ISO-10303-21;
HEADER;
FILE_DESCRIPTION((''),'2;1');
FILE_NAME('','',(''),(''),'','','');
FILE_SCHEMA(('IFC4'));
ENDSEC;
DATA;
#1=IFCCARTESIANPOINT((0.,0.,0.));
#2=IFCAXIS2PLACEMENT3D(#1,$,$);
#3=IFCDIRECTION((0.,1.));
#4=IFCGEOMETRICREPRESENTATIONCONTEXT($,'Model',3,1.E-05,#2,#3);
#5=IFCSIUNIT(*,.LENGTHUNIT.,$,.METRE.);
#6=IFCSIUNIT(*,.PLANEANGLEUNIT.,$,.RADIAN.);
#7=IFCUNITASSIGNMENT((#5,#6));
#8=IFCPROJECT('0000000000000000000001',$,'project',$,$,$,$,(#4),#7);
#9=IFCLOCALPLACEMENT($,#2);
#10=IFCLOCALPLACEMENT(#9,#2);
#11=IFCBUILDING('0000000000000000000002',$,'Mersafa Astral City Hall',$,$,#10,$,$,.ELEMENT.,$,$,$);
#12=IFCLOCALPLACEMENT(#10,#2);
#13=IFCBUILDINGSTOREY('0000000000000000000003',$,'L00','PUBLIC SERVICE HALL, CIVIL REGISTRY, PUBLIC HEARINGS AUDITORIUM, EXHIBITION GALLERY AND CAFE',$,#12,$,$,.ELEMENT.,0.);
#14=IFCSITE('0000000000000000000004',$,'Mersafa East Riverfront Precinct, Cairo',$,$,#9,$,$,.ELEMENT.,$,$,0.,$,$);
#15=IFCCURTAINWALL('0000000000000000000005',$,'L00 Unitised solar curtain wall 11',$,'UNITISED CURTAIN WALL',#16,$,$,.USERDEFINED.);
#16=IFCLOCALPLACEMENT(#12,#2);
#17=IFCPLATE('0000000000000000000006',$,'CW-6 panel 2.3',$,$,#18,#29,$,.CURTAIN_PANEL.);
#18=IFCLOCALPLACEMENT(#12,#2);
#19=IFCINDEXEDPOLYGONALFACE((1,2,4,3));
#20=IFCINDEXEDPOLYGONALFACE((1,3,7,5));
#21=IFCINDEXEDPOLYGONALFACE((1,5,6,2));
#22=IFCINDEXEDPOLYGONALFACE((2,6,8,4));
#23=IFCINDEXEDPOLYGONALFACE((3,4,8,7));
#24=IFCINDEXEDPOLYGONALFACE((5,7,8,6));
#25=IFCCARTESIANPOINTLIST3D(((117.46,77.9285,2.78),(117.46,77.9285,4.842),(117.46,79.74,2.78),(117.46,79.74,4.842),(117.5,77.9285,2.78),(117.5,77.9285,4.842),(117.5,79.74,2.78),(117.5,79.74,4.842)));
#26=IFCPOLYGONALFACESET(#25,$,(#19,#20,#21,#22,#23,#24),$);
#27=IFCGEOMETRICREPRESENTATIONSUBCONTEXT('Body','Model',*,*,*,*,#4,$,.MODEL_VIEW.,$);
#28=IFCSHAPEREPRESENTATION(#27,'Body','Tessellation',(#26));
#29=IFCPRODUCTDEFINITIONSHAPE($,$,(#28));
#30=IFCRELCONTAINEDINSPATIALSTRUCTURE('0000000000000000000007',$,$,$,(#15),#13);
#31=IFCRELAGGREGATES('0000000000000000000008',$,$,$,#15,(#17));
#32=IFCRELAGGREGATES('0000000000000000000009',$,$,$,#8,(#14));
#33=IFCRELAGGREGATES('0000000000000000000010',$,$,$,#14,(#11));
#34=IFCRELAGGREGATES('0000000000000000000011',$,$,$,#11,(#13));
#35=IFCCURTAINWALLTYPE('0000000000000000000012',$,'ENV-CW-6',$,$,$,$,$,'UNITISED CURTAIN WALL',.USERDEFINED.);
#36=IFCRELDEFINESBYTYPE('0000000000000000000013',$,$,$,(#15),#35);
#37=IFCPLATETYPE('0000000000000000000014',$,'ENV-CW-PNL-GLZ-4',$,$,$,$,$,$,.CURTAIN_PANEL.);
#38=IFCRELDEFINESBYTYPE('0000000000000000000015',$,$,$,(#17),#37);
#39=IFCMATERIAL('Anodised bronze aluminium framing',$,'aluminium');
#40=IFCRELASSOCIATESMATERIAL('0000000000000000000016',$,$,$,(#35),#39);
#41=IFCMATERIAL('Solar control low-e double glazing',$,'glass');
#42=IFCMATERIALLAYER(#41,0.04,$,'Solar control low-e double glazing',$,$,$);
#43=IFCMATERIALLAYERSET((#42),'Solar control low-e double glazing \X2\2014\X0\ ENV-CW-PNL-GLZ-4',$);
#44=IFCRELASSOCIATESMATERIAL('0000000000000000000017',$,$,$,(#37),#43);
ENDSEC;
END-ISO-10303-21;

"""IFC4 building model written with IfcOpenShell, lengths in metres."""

from ifc_helpers import new_model, si_unit, direction, frame, origin, origin_2d, place, context, subcontext, project, spatial, rectangle, extrude, material, layer, layer_set, type_object, element, aggregate, save


model = new_model("IFC4")

# Units and contexts
model_context = context("Model", 3, precision=1e-05, world=origin(), true_north=direction((0.0, 1.0)))
body_context = subcontext(model_context, "Body", "Model", "MODEL_VIEW")
ifc_project = project(units=[si_unit("LENGTHUNIT", "METRE"), si_unit("PLANEANGLEUNIT", "RADIAN")], contexts=[model_context])

# Site, building, storey
site_placement = place(None, origin())
site = spatial("IfcSite", under=ifc_project, at=site_placement, Name="Mersafa East Riverfront Precinct, Cairo", CompositionType="ELEMENT", RefElevation=0.0)
building_placement = place(site_placement, origin())
building = spatial("IfcBuilding", under=site, at=building_placement, Name="Mersafa Astral City Hall", CompositionType="ELEMENT")
storey_placement = place(building_placement, origin())
storey = spatial("IfcBuildingStorey", under=building, at=storey_placement, Name="L00", Description="PUBLIC SERVICE HALL, CIVIL REGISTRY, PUBLIC HEARINGS AUDITORIUM, EXHIBITION GALLERY AND CAFE", CompositionType="ELEMENT", Elevation=0.0)

# Shared definitions
ifc_material_1 = material(Name="Anodised bronze aluminium framing", Category="aluminium")

# Curtain wall
curtain_wall_type_1 = type_object("IfcCurtainWallType", Name="ENV-CW-6", ElementType="UNITISED CURTAIN WALL", PredefinedType="USERDEFINED", material=ifc_material_1)
curtain_wall_1_placement = place(storey_placement, origin())
curtain_wall_1 = element("IfcCurtainWall", 1, at=curtain_wall_1_placement, inside=storey, type_object=curtain_wall_type_1, Name="L00 Unitised solar curtain wall 11", ObjectType="UNITISED CURTAIN WALL", PredefinedType="USERDEFINED")

# Plate
ifc_material_2 = material(Name="Solar control low-e double glazing", Category="glass")
ifc_layer_1 = layer(ifc_material_2, 0.04, Name="Solar control low-e double glazing")
ifc_layer_set_1 = layer_set([ifc_layer_1], Name="Solar control low-e double glazing — ENV-CW-PNL-GLZ-4")
plate_type_1 = type_object("IfcPlateType", Name="ENV-CW-PNL-GLZ-4", PredefinedType="CURTAIN_PANEL", material=ifc_layer_set_1)
plate_1_placement = place(storey_placement, frame((117.48, 78.8342, 2.78), z_axis=(0.0, 0.0, 1.0), x_axis=(0.0, 1.0, 0.0)))
plate_1 = element("IfcPlate", 2, at=plate_1_placement, type_object=plate_type_1, Name="CW-6 panel 2.3", PredefinedType="CURTAIN_PANEL", context=body_context, shape_type="SweptSolid", body=[
    extrude(rectangle(XDim=1.8115, YDim=0.04, at=origin_2d()), origin(), (0.0, 0.0, 1.0), 2.062),
])
aggregate(curtain_wall_1, [plate_1])

save(model, "model.ifc")
